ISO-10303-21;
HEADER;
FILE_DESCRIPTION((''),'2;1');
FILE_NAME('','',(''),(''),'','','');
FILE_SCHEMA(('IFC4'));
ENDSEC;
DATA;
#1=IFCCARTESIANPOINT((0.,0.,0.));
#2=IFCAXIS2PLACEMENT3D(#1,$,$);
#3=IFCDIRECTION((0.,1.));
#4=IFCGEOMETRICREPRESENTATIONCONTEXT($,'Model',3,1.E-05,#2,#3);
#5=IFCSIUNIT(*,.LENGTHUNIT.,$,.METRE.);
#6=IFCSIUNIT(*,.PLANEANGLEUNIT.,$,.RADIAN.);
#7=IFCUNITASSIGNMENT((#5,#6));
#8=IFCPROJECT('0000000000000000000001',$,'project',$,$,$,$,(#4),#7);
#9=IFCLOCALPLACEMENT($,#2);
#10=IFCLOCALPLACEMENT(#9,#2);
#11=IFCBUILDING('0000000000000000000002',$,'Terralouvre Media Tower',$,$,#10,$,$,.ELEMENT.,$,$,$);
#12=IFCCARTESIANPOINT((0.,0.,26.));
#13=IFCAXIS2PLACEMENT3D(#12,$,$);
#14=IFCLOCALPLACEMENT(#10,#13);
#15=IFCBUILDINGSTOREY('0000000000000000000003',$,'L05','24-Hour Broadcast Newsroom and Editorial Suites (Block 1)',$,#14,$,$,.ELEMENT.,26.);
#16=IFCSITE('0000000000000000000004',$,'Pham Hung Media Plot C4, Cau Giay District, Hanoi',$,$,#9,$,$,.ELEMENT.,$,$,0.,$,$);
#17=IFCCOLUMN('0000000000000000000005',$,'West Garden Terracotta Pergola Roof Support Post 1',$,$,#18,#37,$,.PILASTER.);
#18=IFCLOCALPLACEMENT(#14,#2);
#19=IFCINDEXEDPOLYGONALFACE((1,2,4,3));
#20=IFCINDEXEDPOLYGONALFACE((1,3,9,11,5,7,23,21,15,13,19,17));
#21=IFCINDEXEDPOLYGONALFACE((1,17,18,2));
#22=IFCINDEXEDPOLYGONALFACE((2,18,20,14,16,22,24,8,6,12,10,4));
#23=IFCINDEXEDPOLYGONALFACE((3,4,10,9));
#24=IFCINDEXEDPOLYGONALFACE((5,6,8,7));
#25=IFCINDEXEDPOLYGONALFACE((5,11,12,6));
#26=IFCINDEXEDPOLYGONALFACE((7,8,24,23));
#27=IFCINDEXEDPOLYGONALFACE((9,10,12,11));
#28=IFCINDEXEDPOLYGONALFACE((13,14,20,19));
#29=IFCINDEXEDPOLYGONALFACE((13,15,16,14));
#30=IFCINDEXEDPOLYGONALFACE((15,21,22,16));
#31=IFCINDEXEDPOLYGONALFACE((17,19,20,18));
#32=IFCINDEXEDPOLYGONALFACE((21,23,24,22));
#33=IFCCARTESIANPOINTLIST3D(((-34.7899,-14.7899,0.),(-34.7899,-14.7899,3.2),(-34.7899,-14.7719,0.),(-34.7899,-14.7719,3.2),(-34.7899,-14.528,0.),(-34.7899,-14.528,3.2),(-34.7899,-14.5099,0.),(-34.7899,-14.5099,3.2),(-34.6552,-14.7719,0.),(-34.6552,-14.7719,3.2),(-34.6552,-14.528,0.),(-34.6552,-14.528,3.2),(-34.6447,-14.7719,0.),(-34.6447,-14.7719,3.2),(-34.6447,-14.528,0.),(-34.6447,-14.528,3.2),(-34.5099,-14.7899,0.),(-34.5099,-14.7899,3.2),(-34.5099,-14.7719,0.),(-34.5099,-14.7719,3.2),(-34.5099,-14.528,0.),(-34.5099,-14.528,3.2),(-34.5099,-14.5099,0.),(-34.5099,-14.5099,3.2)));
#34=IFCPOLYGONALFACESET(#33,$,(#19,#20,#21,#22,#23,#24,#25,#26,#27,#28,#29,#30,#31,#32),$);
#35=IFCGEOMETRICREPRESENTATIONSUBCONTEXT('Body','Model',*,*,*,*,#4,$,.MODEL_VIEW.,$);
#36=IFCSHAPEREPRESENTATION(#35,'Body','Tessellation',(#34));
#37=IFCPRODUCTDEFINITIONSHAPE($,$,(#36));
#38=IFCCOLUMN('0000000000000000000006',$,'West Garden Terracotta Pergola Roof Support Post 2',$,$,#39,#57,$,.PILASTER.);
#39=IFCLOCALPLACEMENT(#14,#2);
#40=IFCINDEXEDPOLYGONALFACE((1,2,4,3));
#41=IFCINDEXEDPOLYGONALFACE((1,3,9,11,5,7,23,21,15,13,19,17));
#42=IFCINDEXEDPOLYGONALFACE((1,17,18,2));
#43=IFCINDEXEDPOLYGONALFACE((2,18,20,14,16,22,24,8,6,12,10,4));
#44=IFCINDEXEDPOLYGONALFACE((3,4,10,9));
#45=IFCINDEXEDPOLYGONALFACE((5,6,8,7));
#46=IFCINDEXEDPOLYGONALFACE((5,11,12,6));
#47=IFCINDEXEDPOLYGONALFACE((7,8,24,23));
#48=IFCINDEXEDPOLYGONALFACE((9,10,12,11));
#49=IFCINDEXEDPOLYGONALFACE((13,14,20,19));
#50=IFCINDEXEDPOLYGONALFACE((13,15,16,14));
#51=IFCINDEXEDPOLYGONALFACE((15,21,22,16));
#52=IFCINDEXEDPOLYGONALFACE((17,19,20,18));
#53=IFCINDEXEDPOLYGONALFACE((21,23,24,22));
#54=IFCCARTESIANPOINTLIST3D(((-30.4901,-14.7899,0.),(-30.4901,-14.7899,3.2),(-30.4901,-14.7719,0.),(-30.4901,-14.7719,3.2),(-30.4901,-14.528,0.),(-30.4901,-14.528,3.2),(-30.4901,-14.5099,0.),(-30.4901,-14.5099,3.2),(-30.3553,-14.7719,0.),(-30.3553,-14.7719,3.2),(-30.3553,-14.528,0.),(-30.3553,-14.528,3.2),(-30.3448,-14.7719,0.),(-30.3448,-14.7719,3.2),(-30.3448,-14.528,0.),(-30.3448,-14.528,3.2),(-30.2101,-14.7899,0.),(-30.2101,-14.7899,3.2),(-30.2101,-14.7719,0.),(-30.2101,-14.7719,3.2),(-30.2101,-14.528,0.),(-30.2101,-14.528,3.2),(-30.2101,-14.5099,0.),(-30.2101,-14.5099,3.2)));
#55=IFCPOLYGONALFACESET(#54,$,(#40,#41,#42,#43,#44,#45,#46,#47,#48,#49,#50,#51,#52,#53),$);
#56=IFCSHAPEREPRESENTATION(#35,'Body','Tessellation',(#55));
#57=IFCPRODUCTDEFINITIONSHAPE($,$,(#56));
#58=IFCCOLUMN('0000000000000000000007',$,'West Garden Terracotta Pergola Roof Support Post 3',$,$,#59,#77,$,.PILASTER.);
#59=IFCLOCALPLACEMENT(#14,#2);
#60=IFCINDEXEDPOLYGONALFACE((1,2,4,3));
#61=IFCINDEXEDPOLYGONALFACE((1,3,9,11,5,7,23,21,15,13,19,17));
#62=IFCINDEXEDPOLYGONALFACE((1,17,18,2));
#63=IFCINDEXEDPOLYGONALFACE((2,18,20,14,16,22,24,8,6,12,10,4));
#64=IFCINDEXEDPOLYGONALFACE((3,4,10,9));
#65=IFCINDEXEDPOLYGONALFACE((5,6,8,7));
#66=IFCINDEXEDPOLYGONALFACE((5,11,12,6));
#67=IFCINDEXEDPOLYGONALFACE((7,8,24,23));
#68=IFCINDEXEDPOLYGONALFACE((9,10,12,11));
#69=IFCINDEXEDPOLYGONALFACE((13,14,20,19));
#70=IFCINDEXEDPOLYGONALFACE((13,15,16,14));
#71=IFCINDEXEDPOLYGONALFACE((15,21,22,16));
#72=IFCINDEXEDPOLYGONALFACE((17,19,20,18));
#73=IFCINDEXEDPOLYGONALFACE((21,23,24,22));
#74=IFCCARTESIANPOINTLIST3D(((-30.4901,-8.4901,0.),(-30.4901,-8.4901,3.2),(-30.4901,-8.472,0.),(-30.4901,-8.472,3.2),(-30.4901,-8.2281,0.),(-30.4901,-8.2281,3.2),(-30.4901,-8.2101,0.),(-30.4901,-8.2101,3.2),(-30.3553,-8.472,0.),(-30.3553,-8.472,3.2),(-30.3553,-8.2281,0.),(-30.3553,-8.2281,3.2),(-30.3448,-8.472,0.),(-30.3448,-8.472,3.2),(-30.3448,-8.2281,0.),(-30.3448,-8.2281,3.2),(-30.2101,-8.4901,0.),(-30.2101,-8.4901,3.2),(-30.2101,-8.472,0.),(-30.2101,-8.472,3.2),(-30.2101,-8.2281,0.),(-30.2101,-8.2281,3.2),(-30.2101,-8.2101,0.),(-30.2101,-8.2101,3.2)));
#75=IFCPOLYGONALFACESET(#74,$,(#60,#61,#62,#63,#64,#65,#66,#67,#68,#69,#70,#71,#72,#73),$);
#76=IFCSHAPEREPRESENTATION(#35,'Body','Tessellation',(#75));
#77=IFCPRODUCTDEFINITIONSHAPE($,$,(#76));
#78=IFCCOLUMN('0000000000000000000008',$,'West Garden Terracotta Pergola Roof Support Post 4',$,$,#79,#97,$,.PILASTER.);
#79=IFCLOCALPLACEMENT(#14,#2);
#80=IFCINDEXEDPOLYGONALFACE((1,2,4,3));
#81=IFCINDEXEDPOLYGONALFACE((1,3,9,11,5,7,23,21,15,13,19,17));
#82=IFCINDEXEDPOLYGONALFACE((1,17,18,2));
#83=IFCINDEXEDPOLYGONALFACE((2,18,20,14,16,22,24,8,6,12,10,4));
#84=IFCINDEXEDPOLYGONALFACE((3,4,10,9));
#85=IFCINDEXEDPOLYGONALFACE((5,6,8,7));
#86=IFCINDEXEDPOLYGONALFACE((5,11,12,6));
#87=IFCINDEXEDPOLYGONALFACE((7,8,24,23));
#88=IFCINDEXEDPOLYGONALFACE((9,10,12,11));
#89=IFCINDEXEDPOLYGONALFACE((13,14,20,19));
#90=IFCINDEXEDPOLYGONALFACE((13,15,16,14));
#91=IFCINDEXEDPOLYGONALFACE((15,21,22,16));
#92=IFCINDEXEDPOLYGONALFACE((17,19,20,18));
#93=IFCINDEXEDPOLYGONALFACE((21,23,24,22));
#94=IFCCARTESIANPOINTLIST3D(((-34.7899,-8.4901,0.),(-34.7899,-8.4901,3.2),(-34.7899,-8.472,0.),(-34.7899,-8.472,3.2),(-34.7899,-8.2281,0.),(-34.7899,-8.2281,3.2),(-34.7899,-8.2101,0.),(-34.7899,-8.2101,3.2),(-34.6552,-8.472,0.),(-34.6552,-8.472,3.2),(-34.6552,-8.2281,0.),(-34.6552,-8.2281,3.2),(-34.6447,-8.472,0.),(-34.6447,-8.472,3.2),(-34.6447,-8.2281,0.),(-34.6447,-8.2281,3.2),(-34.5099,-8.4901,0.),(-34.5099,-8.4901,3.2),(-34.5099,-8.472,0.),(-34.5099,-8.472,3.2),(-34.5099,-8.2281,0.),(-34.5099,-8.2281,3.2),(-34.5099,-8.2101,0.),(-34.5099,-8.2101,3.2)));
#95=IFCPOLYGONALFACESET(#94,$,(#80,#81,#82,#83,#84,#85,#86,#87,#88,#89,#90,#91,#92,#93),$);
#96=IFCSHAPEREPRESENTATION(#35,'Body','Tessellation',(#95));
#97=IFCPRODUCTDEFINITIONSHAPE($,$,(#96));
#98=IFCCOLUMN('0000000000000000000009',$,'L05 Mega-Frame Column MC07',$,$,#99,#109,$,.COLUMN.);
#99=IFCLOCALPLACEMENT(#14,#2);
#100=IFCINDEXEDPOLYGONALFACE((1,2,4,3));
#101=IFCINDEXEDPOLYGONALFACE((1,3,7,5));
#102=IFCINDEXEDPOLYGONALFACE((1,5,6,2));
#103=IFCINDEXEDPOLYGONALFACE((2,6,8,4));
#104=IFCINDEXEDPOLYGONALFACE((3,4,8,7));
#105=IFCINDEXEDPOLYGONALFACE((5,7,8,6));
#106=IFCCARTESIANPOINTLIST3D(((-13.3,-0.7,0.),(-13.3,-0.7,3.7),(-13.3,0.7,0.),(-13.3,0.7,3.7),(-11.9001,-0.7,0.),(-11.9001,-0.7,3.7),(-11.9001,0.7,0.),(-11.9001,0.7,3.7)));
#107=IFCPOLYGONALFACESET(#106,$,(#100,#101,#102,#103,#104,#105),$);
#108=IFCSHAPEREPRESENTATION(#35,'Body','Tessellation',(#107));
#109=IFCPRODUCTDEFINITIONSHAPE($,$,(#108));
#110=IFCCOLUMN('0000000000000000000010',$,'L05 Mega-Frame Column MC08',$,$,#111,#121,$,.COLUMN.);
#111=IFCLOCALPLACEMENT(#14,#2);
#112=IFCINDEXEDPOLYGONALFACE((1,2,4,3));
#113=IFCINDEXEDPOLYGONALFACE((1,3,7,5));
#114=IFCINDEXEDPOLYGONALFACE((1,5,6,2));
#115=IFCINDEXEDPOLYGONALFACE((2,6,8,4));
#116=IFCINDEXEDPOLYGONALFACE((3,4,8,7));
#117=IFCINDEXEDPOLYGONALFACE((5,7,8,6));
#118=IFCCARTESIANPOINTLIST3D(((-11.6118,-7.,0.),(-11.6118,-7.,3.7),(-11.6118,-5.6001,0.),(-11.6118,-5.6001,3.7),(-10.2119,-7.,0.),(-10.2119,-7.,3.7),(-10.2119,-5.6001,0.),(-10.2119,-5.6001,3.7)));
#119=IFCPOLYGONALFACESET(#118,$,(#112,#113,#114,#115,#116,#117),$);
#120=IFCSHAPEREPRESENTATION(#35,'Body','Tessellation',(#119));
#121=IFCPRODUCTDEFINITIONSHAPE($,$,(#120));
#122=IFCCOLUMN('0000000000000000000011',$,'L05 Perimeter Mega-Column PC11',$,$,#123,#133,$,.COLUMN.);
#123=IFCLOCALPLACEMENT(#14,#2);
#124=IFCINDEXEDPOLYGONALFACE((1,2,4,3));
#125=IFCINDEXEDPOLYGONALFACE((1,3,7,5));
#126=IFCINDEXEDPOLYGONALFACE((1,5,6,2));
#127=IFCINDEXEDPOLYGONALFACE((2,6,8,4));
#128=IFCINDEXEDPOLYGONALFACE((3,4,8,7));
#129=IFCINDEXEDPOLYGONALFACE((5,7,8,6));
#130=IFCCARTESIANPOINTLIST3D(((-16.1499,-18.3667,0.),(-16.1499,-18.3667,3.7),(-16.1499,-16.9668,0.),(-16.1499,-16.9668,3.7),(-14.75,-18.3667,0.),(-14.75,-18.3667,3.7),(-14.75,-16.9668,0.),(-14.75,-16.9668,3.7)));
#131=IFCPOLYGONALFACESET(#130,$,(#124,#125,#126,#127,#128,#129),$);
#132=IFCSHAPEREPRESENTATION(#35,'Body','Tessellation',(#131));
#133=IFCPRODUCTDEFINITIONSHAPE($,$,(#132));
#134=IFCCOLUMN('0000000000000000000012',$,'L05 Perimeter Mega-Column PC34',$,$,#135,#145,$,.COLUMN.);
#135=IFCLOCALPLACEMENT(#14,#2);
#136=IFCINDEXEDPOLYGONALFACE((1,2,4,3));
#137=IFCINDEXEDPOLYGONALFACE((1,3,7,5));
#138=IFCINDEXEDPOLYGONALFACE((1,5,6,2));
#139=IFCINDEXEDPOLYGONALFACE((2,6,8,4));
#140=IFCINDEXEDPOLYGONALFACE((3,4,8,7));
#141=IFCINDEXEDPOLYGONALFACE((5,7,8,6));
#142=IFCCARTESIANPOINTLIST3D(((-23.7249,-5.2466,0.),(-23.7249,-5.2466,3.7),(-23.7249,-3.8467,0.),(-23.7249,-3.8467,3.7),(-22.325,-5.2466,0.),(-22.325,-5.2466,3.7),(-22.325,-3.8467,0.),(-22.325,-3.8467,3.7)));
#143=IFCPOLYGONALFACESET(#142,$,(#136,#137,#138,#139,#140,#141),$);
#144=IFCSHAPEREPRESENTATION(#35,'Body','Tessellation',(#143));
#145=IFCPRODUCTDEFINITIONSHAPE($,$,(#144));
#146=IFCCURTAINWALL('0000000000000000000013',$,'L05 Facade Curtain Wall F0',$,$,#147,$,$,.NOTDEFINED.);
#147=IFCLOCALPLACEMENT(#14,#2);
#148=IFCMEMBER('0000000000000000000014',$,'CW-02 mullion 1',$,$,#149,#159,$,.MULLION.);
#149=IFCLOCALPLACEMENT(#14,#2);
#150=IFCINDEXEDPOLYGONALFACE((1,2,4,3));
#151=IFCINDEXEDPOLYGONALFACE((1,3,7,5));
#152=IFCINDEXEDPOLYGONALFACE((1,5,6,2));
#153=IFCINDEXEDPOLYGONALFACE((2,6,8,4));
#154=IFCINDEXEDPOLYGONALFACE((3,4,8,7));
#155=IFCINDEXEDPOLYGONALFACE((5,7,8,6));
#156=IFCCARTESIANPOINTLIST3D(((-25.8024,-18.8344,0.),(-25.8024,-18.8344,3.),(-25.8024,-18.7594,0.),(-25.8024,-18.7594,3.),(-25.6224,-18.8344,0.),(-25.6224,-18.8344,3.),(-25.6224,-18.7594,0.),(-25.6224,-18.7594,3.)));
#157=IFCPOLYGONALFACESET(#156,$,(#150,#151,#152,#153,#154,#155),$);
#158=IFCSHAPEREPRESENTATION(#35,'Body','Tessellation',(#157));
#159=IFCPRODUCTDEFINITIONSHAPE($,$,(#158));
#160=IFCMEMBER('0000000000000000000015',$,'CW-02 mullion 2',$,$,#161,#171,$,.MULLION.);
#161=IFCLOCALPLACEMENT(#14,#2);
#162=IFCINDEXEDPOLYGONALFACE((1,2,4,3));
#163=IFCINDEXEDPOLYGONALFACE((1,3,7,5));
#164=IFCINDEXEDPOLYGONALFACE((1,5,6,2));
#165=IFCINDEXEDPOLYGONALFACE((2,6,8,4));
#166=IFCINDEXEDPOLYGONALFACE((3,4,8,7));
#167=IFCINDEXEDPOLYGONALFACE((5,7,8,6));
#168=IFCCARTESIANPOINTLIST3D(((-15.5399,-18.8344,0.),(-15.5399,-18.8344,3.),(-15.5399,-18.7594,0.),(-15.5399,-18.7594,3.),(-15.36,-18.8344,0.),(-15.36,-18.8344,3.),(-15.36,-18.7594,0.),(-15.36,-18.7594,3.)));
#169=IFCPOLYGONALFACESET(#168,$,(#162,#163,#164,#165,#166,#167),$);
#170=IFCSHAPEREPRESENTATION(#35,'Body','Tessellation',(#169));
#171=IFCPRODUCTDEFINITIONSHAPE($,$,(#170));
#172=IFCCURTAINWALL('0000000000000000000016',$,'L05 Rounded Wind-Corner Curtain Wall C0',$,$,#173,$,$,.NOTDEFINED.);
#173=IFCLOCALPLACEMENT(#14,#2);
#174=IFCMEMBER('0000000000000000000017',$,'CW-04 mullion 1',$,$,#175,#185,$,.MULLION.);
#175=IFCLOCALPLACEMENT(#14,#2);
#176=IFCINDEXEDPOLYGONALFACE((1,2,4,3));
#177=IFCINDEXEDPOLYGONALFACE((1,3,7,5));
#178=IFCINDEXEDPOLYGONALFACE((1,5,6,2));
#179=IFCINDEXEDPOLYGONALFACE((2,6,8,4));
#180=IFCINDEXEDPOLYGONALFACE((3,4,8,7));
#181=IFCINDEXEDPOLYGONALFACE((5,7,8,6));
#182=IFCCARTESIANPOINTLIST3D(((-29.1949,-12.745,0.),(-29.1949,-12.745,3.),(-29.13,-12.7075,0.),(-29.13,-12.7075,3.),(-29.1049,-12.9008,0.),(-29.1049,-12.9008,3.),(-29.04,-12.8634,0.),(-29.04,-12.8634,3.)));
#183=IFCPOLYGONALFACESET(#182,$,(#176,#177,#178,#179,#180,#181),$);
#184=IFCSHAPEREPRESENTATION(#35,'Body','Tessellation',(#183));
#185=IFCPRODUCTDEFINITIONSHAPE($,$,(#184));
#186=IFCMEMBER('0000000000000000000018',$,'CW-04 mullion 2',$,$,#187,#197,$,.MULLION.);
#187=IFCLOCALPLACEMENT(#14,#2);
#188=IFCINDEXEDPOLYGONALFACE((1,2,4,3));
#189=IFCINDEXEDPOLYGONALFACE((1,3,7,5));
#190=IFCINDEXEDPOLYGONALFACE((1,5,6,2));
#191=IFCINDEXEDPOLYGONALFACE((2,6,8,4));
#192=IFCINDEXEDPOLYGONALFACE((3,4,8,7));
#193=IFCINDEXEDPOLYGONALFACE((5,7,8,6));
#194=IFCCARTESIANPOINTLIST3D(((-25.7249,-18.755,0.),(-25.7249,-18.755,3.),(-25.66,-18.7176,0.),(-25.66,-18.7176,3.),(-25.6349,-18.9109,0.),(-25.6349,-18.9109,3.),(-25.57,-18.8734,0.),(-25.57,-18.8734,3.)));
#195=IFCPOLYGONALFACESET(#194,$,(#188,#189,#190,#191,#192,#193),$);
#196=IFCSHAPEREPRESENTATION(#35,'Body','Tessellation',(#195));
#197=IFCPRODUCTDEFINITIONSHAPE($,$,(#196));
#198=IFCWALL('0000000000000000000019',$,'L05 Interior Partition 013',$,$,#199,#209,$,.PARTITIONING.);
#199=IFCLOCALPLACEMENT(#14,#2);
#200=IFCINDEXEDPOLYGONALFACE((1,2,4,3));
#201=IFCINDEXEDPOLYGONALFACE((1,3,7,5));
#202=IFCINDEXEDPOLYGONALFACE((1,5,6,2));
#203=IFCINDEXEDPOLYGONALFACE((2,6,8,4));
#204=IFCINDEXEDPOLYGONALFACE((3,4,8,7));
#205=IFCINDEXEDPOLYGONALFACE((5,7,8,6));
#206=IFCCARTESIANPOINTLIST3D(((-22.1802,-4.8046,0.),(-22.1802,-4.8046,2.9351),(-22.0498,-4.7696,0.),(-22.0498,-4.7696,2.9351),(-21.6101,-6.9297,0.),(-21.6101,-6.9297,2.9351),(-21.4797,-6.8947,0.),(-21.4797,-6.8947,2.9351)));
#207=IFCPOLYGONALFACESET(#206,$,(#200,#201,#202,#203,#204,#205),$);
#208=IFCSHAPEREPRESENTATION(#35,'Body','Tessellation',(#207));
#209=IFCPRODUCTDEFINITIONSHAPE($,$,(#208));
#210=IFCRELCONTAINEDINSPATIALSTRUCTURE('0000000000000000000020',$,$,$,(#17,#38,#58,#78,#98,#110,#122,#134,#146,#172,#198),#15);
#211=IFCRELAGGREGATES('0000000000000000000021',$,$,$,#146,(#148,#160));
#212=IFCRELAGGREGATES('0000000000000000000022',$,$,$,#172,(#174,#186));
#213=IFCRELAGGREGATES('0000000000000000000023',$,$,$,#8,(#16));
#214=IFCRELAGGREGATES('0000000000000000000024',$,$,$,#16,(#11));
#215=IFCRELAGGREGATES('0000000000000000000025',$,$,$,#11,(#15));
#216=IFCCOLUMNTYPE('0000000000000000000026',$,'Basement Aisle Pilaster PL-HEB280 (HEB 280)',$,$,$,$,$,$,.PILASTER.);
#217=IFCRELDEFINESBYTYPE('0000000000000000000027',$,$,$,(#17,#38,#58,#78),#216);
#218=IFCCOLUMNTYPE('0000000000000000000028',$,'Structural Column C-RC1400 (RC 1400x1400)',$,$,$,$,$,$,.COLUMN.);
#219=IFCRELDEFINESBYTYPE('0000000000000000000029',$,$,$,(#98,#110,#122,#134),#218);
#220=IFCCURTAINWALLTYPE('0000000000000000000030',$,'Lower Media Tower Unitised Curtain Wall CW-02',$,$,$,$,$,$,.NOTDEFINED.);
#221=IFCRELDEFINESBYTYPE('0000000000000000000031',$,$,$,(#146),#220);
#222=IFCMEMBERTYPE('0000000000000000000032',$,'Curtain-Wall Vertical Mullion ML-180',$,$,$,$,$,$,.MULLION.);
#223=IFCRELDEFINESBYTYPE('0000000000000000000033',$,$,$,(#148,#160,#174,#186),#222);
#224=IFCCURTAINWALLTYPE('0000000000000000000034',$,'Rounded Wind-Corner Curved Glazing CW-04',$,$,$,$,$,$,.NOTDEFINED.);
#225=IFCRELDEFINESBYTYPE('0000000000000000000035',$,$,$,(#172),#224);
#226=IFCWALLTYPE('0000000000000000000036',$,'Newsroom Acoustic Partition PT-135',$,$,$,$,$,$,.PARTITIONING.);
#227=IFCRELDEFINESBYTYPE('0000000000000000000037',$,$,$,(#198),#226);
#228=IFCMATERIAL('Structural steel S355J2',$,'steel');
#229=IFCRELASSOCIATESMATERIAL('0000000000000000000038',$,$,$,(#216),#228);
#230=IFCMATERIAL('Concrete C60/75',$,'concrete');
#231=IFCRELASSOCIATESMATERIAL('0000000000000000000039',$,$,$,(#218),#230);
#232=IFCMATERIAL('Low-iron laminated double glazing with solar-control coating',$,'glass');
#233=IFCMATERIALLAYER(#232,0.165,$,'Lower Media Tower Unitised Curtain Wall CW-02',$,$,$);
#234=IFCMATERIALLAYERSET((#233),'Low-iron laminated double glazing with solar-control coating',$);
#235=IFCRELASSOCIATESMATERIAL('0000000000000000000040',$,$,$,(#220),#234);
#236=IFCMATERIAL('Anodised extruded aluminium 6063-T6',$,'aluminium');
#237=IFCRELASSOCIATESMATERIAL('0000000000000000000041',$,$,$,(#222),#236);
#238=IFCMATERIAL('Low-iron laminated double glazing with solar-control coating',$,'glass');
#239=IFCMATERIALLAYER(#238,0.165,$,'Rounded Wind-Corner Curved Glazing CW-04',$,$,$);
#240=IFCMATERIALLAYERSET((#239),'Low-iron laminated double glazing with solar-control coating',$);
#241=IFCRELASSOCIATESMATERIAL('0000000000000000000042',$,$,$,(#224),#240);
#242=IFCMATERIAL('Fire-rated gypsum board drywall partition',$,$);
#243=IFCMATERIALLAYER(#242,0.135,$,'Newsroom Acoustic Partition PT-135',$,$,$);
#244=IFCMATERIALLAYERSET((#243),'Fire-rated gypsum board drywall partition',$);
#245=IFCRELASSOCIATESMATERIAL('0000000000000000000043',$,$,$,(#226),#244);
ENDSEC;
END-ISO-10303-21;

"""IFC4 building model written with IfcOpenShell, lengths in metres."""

from ifc_helpers import new_model, si_unit, direction, frame, frame_2d, origin, origin_2d, place, context, subcontext, project, spatial, rectangle, i_section, extrude, material, layer, layer_set, material_profile, profile_set, type_object, element, aggregate, save


model = new_model("IFC4")

# Units and contexts
model_context = context("Model", 3, precision=1e-05, world=origin(), true_north=direction((0.0, 1.0)))
body_context = subcontext(model_context, "Body", "Model", "MODEL_VIEW")
ifc_project = project(units=[si_unit("LENGTHUNIT", "METRE"), si_unit("PLANEANGLEUNIT", "RADIAN")], contexts=[model_context])

# Site, building, storey
site_placement = place(None, origin())
site = spatial("IfcSite", under=ifc_project, at=site_placement, Name="Pham Hung Media Plot C4, Cau Giay District, Hanoi", CompositionType="ELEMENT", RefElevation=0.0)
building_placement = place(site_placement, origin())
building = spatial("IfcBuilding", under=site, at=building_placement, Name="Terralouvre Media Tower", CompositionType="ELEMENT")
storey_placement = place(building_placement, frame((0.0, 0.0, 26.0)))
storey = spatial("IfcBuildingStorey", under=building, at=storey_placement, Name="L05", Description="24-Hour Broadcast Newsroom and Editorial Suites (Block 1)", CompositionType="ELEMENT", Elevation=26.0)

# Columns
ifc_material_1 = material(Name="Structural steel S355J2", Category="steel")
ifc_material_profile_1 = material_profile(ifc_material_1, i_section(OverallWidth=0.28, OverallDepth=0.28, WebThickness=0.0105, FlangeThickness=0.0181, at=origin_2d()), Name="HEB 280")
ifc_profile_set_1 = profile_set([ifc_material_profile_1], Name="Structural steel S355J2")
column_type_1 = type_object("IfcColumnType", Name="Basement Aisle Pilaster PL-HEB280 (HEB 280)", PredefinedType="PILASTER", material=ifc_profile_set_1)
for number, where, z_axis, x_axis, name in (
    (1, (-34.6499, -14.6499, 0.0), (0.0, 0.0, 1.0), (1.0, 0.0, 0.0), "West Garden Terracotta Pergola Roof Support Post 1"),
    (2, (-30.3501, -14.6499, 0.0), (0.0, 0.0, 1.0), (1.0, 0.0, 0.0), "West Garden Terracotta Pergola Roof Support Post 2"),
    (3, (-30.3501, -8.3501, 0.0), (0.0, 0.0, 1.0), (1.0, 0.0, 0.0), "West Garden Terracotta Pergola Roof Support Post 3"),
    (4, (-34.6499, -8.3501, 0.0), (0.0, 0.0, 1.0), (1.0, 0.0, 0.0), "West Garden Terracotta Pergola Roof Support Post 4"),
):
    element("IfcColumn", number, at=place(storey_placement, frame(where, z_axis=z_axis, x_axis=x_axis)), inside=storey, type_object=column_type_1, Name=name, PredefinedType="PILASTER", context=body_context, shape_type="SweptSolid", body=[
        extrude(i_section(OverallWidth=0.28, OverallDepth=0.28, WebThickness=0.0105, FlangeThickness=0.0181, at=origin_2d()), origin(), (0.0, 0.0, 1.0), 3.2),
    ])
ifc_material_2 = material(Name="Concrete C60/75", Category="concrete")
ifc_material_profile_2 = material_profile(ifc_material_2, rectangle(XDim=1.3999, YDim=1.3999, at=origin_2d()), Name="RC 1400x1400")
ifc_profile_set_2 = profile_set([ifc_material_profile_2], Name="Concrete C60/75")
column_type_2 = type_object("IfcColumnType", Name="Structural Column C-RC1400 (RC 1400x1400)", PredefinedType="COLUMN", material=ifc_profile_set_2)
for number, where, z_axis, x_axis, name in (
    (5, (-12.6001, 0.0, 0.0), (0.0, 0.0, 1.0), (1.0, 0.0, 0.0), "L05 Mega-Frame Column MC07"),
    (6, (-10.9119, -6.3, 0.0), (0.0, 0.0, 1.0), (1.0, 0.0, 0.0), "L05 Mega-Frame Column MC08"),
    (7, (-15.45, -17.6667, 0.0), (0.0, 0.0, 1.0), (1.0, 0.0, 0.0), "L05 Perimeter Mega-Column PC11"),
    (8, (-23.0249, -4.5466, 0.0), (0.0, 0.0, 1.0), (1.0, 0.0, 0.0), "L05 Perimeter Mega-Column PC34"),
):
    element("IfcColumn", number, at=place(storey_placement, frame(where, z_axis=z_axis, x_axis=x_axis)), inside=storey, type_object=column_type_2, Name=name, PredefinedType="COLUMN", context=body_context, shape_type="SweptSolid", body=[
        extrude(rectangle(XDim=1.3999, YDim=1.3999, at=origin_2d()), origin(), (0.0, 0.0, 1.0), 3.7),
    ])

# Curtain walls, members
ifc_material_3 = material(Name="Low-iron laminated double glazing with solar-control coating", Category="glass")
ifc_layer_1 = layer(ifc_material_3, 0.165, Name="Lower Media Tower Unitised Curtain Wall CW-02")
ifc_layer_set_1 = layer_set([ifc_layer_1], Name="Low-iron laminated double glazing with solar-control coating")
curtain_wall_type_1 = type_object("IfcCurtainWallType", Name="Lower Media Tower Unitised Curtain Wall CW-02", PredefinedType="NOTDEFINED", material=ifc_layer_set_1)
curtain_wall_1_placement = place(storey_placement, origin())
curtain_wall_1 = element("IfcCurtainWall", 9, at=curtain_wall_1_placement, inside=storey, type_object=curtain_wall_type_1, Name="L05 Facade Curtain Wall F0", PredefinedType="NOTDEFINED")
ifc_material_4 = material(Name="Anodised extruded aluminium 6063-T6", Category="aluminium")
ifc_material_profile_3 = material_profile(ifc_material_4, rectangle(XDim=0.075, YDim=0.1799, at=origin_2d()), Name="ALU 75x180")
ifc_profile_set_3 = profile_set([ifc_material_profile_3], Name="Anodised extruded aluminium 6063-T6")
member_type = type_object("IfcMemberType", Name="Curtain-Wall Vertical Mullion ML-180", PredefinedType="MULLION", material=ifc_profile_set_3)
member_1_placement = place(storey_placement, frame((-25.7124, -18.7969, 0.0), z_axis=(0.0, 0.0, 1.0), x_axis=(0.0, 1.0, 0.0)))
member_1 = element("IfcMember", 10, at=member_1_placement, type_object=member_type, Name="CW-02 mullion 1", PredefinedType="MULLION", context=body_context, shape_type="SweptSolid", body=[
    extrude(rectangle(XDim=0.075, YDim=0.1799, at=origin_2d()), origin(), (0.0, 0.0, 1.0), 3.0),
])
member_2_placement = place(storey_placement, frame((-15.45, -18.7969, 0.0), z_axis=(0.0, 0.0, 1.0), x_axis=(0.0, 1.0, 0.0)))
member_2 = element("IfcMember", 11, at=member_2_placement, type_object=member_type, Name="CW-02 mullion 2", PredefinedType="MULLION", context=body_context, shape_type="SweptSolid", body=[
    extrude(rectangle(XDim=0.075, YDim=0.1799, at=origin_2d()), origin(), (0.0, 0.0, 1.0), 3.0),
])
aggregate(curtain_wall_1, [member_1, member_2])
ifc_material_5 = material(Name="Low-iron laminated double glazing with solar-control coating", Category="glass")
ifc_layer_2 = layer(ifc_material_5, 0.165, Name="Rounded Wind-Corner Curved Glazing CW-04")
ifc_layer_set_2 = layer_set([ifc_layer_2], Name="Low-iron laminated double glazing with solar-control coating")
curtain_wall_type_2 = type_object("IfcCurtainWallType", Name="Rounded Wind-Corner Curved Glazing CW-04", PredefinedType="NOTDEFINED", material=ifc_layer_set_2)
curtain_wall_2_placement = place(storey_placement, origin())
curtain_wall_2 = element("IfcCurtainWall", 12, at=curtain_wall_2_placement, inside=storey, type_object=curtain_wall_type_2, Name="L05 Rounded Wind-Corner Curtain Wall C0", PredefinedType="NOTDEFINED")
member_3_placement = place(storey_placement, frame((-29.1174, -12.8042, 0.0), z_axis=(0.0, 0.0, 1.0), x_axis=(0.866026, 0.5, 0.0)))
member_3 = element("IfcMember", 13, at=member_3_placement, type_object=member_type, Name="CW-04 mullion 1", PredefinedType="MULLION", context=body_context, shape_type="SweptSolid", body=[
    extrude(rectangle(XDim=0.075, YDim=0.1799, at=origin_2d()), origin(), (0.0, 0.0, 1.0), 3.0),
])
member_4_placement = place(storey_placement, frame((-25.6475, -18.8142, 0.0), z_axis=(0.0, 0.0, 1.0), x_axis=(0.866026, 0.5, 0.0)))
member_4 = element("IfcMember", 14, at=member_4_placement, type_object=member_type, Name="CW-04 mullion 2", PredefinedType="MULLION", context=body_context, shape_type="SweptSolid", body=[
    extrude(rectangle(XDim=0.075, YDim=0.1799, at=origin_2d()), origin(), (0.0, 0.0, 1.0), 3.0),
])
aggregate(curtain_wall_2, [member_3, member_4])

# Wall
ifc_material_6 = material(Name="Fire-rated gypsum board drywall partition")
ifc_layer_3 = layer(ifc_material_6, 0.135, Name="Newsroom Acoustic Partition PT-135")
ifc_layer_set_3 = layer_set([ifc_layer_3], Name="Fire-rated gypsum board drywall partition")
wall_type_1 = type_object("IfcWallType", Name="Newsroom Acoustic Partition PT-135", PredefinedType="PARTITIONING", material=ifc_layer_set_3)
wall_1_placement = place(storey_placement, frame((-22.115, -4.7871, 0.0), z_axis=(0.0, 0.0, 1.0), x_axis=(0.259106, -0.965849, 0.0)))
element("IfcWall", 15, at=wall_1_placement, inside=storey, type_object=wall_type_1, Name="L05 Interior Partition 013", PredefinedType="PARTITIONING", context=body_context, shape_type="SweptSolid", body=[
    extrude(rectangle(XDim=2.2002, YDim=0.135, at=frame_2d((1.1001, 0.0))), origin(), (0.0, 0.0, 1.0), 2.9351),
])

save(model, "model.ifc")
